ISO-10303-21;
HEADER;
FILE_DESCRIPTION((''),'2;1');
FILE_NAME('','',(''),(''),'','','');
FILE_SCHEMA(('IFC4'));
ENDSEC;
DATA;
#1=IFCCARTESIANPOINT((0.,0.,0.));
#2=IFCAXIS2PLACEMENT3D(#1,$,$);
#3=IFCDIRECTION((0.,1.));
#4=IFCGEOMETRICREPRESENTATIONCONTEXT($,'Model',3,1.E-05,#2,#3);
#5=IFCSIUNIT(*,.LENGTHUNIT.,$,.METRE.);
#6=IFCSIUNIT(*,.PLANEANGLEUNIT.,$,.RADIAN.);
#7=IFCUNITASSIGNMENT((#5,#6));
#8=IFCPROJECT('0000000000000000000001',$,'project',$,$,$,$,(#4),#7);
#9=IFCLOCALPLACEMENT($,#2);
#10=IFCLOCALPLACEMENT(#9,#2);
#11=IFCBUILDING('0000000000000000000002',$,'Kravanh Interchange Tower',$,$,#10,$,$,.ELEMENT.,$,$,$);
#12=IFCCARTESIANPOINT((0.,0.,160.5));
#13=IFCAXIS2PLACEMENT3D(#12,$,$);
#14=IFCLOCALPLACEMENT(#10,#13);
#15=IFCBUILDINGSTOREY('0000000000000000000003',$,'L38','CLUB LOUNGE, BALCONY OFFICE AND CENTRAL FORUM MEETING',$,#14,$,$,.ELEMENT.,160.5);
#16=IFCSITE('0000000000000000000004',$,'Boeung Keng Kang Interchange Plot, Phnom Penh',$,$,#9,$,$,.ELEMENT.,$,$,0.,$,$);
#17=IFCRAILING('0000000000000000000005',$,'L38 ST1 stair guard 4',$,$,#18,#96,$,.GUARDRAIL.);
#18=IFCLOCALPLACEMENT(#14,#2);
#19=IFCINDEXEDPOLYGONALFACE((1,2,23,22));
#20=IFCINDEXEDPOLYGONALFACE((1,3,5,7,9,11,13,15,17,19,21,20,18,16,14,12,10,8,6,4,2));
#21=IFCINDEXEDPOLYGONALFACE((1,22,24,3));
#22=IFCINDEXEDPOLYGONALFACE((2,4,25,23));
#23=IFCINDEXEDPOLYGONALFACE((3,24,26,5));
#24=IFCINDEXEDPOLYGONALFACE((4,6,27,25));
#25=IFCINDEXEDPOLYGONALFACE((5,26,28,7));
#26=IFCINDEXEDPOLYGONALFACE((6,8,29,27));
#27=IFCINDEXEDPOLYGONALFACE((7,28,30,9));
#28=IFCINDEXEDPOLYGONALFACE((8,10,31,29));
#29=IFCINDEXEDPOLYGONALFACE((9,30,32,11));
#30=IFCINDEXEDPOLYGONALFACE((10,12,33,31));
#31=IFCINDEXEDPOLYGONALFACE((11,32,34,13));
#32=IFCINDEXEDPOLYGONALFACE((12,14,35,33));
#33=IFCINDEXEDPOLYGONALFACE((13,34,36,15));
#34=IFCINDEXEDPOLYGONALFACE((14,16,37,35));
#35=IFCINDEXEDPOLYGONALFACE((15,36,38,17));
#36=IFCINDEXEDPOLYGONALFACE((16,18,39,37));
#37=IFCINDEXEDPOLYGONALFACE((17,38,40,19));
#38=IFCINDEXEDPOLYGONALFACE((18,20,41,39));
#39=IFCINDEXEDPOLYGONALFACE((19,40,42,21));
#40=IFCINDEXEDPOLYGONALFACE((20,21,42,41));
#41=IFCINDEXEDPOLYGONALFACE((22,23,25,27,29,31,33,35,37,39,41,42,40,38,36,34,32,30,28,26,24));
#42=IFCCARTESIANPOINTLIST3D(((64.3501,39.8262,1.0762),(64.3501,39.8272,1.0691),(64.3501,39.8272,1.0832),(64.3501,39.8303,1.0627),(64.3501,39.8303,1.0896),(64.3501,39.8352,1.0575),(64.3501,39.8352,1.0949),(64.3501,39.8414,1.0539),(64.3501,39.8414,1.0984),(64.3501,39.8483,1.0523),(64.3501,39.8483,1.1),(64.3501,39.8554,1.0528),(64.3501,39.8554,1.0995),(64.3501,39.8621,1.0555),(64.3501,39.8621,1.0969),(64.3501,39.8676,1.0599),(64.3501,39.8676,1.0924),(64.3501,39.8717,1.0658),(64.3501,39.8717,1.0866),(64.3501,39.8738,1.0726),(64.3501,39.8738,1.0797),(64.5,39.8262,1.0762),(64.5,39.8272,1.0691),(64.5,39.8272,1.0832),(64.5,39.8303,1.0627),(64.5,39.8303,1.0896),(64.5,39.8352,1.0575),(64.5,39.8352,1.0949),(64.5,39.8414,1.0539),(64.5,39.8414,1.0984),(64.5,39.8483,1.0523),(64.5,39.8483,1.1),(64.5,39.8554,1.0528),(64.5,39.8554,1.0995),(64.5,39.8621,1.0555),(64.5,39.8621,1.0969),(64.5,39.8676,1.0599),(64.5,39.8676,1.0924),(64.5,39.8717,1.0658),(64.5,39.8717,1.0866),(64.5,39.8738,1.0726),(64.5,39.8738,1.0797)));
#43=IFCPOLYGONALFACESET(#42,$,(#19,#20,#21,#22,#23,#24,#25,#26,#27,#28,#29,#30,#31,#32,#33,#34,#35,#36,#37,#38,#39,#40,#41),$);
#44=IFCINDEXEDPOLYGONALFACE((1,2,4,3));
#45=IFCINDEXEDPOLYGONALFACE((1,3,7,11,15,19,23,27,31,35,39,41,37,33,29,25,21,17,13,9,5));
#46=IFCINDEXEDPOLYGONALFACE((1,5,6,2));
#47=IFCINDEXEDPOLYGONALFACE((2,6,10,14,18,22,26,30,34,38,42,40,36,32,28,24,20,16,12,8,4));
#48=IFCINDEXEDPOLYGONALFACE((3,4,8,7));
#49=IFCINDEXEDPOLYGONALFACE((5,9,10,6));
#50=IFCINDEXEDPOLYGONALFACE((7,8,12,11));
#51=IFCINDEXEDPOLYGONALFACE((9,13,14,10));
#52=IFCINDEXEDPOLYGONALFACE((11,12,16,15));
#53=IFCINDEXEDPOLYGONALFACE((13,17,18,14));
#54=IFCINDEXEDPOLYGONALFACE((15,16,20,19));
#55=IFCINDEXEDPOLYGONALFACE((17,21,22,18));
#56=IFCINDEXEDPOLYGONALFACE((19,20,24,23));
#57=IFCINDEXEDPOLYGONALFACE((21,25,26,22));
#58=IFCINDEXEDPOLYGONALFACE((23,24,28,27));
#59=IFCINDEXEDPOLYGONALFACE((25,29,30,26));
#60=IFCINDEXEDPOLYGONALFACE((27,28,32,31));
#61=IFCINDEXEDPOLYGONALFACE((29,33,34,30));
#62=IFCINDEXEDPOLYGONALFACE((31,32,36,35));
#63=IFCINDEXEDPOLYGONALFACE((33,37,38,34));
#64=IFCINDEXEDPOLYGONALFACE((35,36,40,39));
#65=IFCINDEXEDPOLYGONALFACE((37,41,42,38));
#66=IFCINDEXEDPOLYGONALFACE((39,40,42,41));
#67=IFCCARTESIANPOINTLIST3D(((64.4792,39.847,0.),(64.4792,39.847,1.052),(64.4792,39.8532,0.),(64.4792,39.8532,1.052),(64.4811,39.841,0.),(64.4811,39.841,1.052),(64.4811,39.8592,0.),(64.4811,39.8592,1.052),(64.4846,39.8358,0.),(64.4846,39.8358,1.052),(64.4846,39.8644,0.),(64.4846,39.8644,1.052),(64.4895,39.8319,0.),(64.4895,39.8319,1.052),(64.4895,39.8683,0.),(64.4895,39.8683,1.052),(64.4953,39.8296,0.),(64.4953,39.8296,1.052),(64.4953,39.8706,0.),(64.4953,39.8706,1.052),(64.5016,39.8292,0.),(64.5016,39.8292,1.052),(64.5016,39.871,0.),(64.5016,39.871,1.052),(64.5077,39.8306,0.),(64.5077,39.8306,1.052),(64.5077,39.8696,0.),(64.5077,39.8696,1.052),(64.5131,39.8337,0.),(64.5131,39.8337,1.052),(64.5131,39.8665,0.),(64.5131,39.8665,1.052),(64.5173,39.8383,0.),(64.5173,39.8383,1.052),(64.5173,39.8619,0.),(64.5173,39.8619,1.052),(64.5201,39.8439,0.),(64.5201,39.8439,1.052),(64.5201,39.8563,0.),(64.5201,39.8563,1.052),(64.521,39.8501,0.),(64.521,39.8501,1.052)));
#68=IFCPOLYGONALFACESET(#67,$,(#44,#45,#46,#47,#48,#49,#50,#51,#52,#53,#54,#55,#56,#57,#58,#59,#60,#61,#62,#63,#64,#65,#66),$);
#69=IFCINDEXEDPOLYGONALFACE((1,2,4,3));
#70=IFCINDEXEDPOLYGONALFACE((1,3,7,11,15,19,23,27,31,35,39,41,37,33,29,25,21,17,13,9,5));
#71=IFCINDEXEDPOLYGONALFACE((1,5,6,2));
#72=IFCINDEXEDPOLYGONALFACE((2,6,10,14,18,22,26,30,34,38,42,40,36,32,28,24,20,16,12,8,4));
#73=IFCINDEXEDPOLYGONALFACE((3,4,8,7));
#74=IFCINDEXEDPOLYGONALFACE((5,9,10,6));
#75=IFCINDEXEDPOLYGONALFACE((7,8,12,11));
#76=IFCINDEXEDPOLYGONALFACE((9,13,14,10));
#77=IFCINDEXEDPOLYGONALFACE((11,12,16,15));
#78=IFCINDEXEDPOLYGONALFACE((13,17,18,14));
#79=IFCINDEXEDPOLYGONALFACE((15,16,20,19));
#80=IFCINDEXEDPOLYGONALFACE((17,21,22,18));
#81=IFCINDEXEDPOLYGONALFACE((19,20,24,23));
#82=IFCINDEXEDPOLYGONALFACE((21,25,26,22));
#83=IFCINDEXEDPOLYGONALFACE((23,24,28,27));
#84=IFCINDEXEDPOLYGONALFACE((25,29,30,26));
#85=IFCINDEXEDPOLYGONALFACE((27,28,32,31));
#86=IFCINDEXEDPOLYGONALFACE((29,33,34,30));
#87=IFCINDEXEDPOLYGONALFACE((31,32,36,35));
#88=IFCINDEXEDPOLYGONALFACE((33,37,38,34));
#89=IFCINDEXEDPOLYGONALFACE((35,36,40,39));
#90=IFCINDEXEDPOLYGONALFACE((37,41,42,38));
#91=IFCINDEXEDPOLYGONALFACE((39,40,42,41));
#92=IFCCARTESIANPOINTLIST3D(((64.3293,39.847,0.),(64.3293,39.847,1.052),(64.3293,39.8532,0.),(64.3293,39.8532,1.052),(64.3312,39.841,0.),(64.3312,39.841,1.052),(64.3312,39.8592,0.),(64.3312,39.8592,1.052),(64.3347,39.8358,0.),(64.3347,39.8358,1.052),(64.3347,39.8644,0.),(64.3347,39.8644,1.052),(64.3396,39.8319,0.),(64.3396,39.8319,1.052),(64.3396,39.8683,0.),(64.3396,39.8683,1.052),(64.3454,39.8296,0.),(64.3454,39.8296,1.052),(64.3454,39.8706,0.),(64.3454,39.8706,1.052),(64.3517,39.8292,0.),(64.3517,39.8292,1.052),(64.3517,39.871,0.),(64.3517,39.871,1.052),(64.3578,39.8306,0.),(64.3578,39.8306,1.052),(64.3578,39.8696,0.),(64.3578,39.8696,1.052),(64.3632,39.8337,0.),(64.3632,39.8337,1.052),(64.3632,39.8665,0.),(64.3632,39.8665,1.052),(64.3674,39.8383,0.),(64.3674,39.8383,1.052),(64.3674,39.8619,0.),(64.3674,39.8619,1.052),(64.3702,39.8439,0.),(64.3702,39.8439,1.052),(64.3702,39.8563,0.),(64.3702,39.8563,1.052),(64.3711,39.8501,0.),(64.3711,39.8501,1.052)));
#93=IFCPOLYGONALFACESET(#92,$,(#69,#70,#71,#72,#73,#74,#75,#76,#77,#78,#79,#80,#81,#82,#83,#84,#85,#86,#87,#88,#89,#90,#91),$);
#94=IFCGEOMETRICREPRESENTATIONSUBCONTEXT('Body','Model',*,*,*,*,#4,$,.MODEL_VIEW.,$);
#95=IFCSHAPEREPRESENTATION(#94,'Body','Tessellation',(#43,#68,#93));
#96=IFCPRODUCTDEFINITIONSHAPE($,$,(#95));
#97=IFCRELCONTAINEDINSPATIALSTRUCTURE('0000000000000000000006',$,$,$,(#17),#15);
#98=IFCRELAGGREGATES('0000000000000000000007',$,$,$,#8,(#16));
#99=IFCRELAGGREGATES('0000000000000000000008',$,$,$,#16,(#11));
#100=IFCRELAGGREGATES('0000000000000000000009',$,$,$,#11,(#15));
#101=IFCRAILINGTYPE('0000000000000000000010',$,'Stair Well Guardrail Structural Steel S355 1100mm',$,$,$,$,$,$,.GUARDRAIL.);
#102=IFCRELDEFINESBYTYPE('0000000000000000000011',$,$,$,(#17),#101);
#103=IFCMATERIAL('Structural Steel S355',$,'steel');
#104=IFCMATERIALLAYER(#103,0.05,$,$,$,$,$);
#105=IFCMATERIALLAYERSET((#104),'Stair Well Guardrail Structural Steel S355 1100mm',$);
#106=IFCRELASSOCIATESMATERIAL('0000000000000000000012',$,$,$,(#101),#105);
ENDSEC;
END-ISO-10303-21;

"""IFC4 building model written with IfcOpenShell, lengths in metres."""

from ifc_helpers import new_model, si_unit, direction, frame, origin, origin_2d, place, context, subcontext, project, spatial, circle, extrude, material, layer, layer_set, type_object, element, save


model = new_model("IFC4")

# Units and contexts
model_context = context("Model", 3, precision=1e-05, world=origin(), true_north=direction((0.0, 1.0)))
body_context = subcontext(model_context, "Body", "Model", "MODEL_VIEW")
ifc_project = project(units=[si_unit("LENGTHUNIT", "METRE"), si_unit("PLANEANGLEUNIT", "RADIAN")], contexts=[model_context])

# Site, building, storey
site_placement = place(None, origin())
site = spatial("IfcSite", under=ifc_project, at=site_placement, Name="Boeung Keng Kang Interchange Plot, Phnom Penh", CompositionType="ELEMENT", RefElevation=0.0)
building_placement = place(site_placement, origin())
building = spatial("IfcBuilding", under=site, at=building_placement, Name="Kravanh Interchange Tower", CompositionType="ELEMENT")
storey_placement = place(building_placement, frame((0.0, 0.0, 160.5)))
storey = spatial("IfcBuildingStorey", under=building, at=storey_placement, Name="L38", Description="CLUB LOUNGE, BALCONY OFFICE AND CENTRAL FORUM MEETING", CompositionType="ELEMENT", Elevation=160.5)

# Railing
ifc_material_1 = material(Name="Structural Steel S355", Category="steel")
ifc_layer_1 = layer(ifc_material_1, 0.05)
ifc_layer_set_1 = layer_set([ifc_layer_1], Name="Stair Well Guardrail Structural Steel S355 1100mm")
railing_type_1 = type_object("IfcRailingType", Name="Stair Well Guardrail Structural Steel S355 1100mm", PredefinedType="GUARDRAIL", material=ifc_layer_set_1)
railing_1_placement = place(storey_placement, frame((64.5, 39.8501, 0.0)))
element("IfcRailing", 1, at=railing_1_placement, inside=storey, type_object=railing_type_1, Name="L38 ST1 stair guard 4", PredefinedType="GUARDRAIL", context=body_context, shape_type="SweptSolid", body=[
    extrude(circle(Radius=0.0239, at=origin_2d()), frame((0.0, 0.0, 1.0762), z_axis=(-1.0, 0.0, 0.0), x_axis=(0.0, -1.0, 0.0)), (0.0, 0.0, 1.0), 0.1499),
    extrude(circle(Radius=0.021, at=origin_2d()), origin(), (0.0, 0.0, 1.0), 1.052),
    extrude(circle(Radius=0.021, at=origin_2d()), frame((-0.1499, 0.0, 0.0)), (0.0, 0.0, 1.0), 1.052),
])

save(model, "model.ifc")
